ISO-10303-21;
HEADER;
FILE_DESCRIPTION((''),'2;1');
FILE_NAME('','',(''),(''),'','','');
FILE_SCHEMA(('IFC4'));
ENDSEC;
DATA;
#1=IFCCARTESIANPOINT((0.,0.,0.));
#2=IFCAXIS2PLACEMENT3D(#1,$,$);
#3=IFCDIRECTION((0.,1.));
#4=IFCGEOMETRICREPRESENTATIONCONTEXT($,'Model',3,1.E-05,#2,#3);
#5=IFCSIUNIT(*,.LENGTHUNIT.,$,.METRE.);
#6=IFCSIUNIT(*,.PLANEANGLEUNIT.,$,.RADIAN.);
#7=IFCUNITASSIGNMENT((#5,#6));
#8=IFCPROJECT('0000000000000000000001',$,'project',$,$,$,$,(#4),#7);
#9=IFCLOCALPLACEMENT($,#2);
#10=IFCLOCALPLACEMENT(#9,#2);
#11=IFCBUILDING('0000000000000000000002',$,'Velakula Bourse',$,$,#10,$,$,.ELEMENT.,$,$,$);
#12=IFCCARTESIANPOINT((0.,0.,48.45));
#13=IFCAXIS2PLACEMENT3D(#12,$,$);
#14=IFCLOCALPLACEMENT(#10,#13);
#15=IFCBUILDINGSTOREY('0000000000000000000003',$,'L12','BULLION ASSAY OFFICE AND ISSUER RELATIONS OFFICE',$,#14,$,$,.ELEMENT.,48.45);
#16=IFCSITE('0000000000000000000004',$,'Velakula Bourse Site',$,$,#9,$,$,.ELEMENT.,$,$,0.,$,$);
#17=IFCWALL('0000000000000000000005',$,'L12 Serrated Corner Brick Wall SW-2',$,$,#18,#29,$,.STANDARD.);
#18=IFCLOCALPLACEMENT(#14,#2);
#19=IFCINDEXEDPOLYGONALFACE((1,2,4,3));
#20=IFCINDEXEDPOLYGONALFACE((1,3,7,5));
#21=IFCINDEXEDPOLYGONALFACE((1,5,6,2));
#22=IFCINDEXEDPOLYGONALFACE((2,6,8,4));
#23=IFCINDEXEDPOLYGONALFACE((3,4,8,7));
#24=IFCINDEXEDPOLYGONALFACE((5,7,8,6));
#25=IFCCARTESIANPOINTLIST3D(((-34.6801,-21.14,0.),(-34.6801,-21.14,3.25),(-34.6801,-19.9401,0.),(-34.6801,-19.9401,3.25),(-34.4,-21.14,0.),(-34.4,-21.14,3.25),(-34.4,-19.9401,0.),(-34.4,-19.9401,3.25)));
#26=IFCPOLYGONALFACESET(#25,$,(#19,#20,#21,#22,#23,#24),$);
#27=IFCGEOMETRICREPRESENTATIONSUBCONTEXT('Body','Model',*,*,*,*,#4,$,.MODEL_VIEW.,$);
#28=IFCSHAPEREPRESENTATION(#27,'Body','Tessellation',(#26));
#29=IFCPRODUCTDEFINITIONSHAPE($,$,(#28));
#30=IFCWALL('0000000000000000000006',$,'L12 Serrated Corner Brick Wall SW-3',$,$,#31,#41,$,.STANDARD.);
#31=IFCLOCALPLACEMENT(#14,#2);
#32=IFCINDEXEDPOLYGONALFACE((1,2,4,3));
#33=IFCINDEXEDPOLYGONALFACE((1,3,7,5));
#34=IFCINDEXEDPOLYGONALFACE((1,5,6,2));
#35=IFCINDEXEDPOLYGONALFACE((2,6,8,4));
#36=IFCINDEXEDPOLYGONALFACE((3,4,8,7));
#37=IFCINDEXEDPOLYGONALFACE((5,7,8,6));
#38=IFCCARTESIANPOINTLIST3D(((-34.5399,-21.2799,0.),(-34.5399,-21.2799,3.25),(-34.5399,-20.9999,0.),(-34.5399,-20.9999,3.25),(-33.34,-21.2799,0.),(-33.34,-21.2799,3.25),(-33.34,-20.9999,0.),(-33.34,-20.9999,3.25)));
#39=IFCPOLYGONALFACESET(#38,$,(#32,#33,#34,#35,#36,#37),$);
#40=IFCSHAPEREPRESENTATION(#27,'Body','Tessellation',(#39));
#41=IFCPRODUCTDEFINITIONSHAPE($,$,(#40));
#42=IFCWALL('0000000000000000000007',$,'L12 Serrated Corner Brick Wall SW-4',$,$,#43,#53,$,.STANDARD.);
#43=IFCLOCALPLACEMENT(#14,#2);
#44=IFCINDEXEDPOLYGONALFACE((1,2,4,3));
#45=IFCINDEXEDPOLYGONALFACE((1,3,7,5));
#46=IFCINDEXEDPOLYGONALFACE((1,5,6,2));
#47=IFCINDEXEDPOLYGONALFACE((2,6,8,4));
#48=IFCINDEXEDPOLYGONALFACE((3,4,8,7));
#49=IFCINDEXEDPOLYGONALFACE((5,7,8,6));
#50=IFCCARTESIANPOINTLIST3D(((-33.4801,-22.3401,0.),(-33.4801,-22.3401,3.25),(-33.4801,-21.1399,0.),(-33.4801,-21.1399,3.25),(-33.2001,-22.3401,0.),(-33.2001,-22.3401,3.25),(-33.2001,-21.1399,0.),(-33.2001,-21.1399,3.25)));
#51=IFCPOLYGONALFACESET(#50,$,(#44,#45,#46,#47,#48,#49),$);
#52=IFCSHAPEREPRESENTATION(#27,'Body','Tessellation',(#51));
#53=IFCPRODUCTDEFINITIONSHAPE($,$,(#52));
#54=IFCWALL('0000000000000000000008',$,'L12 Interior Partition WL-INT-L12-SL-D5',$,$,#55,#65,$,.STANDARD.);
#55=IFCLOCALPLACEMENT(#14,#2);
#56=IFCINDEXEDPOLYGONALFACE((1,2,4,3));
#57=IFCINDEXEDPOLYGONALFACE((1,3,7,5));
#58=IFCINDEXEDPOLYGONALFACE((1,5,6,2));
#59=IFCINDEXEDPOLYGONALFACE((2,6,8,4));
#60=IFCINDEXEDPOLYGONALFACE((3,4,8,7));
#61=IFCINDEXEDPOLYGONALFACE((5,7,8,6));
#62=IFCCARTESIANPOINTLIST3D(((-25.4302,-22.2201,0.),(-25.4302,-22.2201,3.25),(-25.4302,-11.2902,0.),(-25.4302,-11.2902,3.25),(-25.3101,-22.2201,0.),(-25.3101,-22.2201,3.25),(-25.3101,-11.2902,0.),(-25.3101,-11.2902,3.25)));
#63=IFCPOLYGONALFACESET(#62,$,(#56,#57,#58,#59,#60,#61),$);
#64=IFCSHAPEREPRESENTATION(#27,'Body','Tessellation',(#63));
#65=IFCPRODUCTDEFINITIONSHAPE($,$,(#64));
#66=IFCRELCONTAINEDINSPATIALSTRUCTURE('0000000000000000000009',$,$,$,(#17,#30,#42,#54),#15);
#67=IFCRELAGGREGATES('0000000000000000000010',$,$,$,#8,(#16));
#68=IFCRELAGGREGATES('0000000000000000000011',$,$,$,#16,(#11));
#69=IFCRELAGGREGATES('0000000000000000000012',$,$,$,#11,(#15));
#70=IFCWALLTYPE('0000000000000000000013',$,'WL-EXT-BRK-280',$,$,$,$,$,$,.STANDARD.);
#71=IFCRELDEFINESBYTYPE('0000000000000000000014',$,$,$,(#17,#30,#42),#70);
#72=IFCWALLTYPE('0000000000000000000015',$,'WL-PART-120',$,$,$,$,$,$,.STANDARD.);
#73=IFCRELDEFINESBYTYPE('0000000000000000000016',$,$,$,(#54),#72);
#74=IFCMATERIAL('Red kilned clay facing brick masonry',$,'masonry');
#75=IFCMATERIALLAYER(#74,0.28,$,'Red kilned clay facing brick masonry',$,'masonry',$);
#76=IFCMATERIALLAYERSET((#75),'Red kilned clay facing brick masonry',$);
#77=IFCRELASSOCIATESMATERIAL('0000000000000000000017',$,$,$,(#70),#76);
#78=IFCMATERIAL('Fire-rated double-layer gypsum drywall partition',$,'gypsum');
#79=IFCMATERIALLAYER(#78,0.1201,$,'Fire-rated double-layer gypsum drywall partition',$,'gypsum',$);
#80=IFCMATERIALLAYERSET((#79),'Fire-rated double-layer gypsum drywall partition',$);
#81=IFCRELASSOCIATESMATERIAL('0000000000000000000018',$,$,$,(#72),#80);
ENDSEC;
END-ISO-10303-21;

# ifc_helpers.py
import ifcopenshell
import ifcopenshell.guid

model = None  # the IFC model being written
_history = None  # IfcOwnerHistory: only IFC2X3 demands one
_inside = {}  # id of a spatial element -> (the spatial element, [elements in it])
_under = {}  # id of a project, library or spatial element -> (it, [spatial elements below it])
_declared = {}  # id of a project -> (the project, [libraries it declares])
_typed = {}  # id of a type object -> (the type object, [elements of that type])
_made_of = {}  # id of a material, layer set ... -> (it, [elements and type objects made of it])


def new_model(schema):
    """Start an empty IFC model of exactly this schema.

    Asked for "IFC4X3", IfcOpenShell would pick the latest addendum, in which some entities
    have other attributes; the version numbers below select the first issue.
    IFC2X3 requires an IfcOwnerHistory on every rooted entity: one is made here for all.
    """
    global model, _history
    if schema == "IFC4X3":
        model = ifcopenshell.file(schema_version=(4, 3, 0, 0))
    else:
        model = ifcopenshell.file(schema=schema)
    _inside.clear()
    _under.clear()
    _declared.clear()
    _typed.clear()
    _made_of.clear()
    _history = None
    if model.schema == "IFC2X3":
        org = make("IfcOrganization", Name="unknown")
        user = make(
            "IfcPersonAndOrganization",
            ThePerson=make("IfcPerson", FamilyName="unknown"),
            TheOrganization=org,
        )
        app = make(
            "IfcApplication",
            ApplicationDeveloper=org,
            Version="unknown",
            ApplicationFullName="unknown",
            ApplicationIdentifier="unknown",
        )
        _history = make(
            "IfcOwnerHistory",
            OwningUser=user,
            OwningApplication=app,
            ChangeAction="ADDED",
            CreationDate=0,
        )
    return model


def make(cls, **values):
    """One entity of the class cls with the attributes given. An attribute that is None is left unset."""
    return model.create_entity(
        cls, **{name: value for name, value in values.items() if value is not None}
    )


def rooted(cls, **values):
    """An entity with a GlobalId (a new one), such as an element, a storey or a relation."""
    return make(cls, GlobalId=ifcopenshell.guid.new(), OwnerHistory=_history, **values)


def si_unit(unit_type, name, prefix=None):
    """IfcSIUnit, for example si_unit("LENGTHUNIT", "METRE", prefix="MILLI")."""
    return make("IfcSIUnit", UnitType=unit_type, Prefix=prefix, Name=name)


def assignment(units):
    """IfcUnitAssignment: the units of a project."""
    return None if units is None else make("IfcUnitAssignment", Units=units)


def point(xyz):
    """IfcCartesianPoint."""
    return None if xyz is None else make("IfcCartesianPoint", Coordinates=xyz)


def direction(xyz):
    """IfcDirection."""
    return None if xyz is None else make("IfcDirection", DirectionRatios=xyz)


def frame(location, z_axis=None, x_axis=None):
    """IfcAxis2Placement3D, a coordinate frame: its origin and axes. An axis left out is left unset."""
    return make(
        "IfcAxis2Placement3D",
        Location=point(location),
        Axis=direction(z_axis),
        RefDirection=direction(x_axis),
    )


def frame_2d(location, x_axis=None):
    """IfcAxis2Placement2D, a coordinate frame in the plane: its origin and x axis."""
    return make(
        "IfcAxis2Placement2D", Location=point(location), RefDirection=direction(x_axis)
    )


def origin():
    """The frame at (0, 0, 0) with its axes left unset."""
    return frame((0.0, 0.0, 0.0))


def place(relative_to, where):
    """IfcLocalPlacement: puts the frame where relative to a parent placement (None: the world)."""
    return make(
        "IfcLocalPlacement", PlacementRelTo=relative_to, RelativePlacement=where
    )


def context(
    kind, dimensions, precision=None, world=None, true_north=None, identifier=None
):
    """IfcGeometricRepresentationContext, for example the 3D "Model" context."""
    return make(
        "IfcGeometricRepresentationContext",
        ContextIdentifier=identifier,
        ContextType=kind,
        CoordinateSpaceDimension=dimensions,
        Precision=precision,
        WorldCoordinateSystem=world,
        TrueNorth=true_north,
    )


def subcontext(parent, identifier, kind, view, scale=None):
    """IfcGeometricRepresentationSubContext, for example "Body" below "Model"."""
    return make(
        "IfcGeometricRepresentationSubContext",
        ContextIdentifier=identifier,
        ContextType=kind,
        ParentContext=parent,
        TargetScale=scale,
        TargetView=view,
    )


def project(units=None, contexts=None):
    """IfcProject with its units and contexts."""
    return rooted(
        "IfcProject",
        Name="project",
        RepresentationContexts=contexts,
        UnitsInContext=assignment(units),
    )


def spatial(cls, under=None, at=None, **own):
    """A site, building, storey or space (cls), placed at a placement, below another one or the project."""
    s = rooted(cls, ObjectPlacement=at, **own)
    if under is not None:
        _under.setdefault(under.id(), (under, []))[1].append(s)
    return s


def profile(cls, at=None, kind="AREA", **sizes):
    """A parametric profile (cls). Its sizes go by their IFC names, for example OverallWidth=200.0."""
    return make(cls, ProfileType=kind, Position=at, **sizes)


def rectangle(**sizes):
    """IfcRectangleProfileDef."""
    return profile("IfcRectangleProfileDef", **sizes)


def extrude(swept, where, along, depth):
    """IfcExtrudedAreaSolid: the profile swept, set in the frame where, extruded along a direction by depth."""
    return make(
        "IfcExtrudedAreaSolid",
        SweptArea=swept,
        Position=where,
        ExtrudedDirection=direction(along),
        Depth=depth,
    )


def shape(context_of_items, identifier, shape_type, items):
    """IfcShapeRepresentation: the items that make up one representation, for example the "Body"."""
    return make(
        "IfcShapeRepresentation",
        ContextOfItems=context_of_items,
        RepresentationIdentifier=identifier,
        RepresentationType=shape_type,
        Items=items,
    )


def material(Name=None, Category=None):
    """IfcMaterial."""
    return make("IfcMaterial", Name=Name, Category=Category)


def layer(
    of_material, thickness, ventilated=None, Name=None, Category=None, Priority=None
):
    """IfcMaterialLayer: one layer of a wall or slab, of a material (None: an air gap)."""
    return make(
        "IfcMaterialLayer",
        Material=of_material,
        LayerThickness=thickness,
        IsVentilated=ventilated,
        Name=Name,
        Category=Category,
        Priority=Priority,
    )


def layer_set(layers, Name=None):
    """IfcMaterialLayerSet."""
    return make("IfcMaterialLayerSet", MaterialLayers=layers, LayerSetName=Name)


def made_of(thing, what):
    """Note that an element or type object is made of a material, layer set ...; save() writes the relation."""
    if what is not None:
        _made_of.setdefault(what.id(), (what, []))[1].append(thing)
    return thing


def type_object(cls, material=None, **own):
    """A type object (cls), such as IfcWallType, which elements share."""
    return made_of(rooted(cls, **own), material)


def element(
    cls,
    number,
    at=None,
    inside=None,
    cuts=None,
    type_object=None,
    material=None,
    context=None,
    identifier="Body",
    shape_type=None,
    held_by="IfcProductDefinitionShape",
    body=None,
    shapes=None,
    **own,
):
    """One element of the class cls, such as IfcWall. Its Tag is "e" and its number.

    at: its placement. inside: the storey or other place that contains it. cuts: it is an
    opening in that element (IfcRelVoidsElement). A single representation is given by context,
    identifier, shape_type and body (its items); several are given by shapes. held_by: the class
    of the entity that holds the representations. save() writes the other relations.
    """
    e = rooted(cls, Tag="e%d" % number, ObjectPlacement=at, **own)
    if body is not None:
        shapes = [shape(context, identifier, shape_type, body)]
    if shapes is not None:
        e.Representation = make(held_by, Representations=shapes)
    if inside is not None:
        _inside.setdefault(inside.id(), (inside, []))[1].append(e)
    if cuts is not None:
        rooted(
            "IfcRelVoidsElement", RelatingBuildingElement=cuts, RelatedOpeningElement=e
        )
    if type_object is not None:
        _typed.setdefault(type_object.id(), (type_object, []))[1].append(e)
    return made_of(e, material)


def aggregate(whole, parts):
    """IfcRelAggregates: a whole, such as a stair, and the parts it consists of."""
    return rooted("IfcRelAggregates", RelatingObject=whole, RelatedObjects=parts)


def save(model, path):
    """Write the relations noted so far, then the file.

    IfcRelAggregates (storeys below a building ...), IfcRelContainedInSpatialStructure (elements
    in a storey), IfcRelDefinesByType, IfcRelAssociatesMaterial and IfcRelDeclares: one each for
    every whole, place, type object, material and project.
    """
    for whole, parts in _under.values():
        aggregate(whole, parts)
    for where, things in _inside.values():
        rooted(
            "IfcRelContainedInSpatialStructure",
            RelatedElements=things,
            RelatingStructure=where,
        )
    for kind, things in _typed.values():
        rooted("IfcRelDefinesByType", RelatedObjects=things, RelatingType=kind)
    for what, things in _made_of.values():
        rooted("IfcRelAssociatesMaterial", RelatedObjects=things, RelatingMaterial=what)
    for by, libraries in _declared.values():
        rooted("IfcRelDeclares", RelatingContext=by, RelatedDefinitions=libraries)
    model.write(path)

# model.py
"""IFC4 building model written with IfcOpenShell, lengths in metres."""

from ifc_helpers import new_model, si_unit, direction, frame, frame_2d, origin, place, context, subcontext, project, spatial, rectangle, extrude, material, layer, layer_set, type_object, element, save


model = new_model("IFC4")

# Units and contexts
model_context = context("Model", 3, precision=1e-05, world=origin(), true_north=direction((0.0, 1.0)))
body_context = subcontext(model_context, "Body", "Model", "MODEL_VIEW")
ifc_project = project(units=[si_unit("LENGTHUNIT", "METRE"), si_unit("PLANEANGLEUNIT", "RADIAN")], contexts=[model_context])

# Site, building, storey
site_placement = place(None, origin())
site = spatial("IfcSite", under=ifc_project, at=site_placement, Name="Velakula Bourse Site", CompositionType="ELEMENT", RefElevation=0.0)
building_placement = place(site_placement, origin())
building = spatial("IfcBuilding", under=site, at=building_placement, Name="Velakula Bourse", CompositionType="ELEMENT")
storey_placement = place(building_placement, frame((0.0, 0.0, 48.45)))
storey = spatial("IfcBuildingStorey", under=building, at=storey_placement, Name="L12", Description="BULLION ASSAY OFFICE AND ISSUER RELATIONS OFFICE", CompositionType="ELEMENT", Elevation=48.45)

# Shared definitions
ifc_material_1 = material(Name="Red kilned clay facing brick masonry", Category="masonry")
ifc_layer_1 = layer(ifc_material_1, 0.28, Name="Red kilned clay facing brick masonry", Category="masonry")
ifc_layer_set_1 = layer_set([ifc_layer_1], Name="Red kilned clay facing brick masonry")
wall_type_1 = type_object("IfcWallType", Name="WL-EXT-BRK-280", PredefinedType="STANDARD", material=ifc_layer_set_1)

# Walls
for number, where, z_axis, x_axis, name in (
    (1, (-34.54, -19.9399, 0.0), (0.0, 0.0, 1.0), (0.0, -1.0, 0.0), "L12 Serrated Corner Brick Wall SW-2"),
    (2, (-34.54, -21.1399, 0.0), (0.0, 0.0, 1.0), (1.0, 0.0, 0.0), "L12 Serrated Corner Brick Wall SW-3"),
):
    element("IfcWall", number, at=place(storey_placement, frame(where, z_axis=z_axis, x_axis=x_axis)), inside=storey, type_object=wall_type_1, Name=name, PredefinedType="STANDARD", context=body_context, shape_type="SweptSolid", body=[
        extrude(rectangle(XDim=1.2, YDim=0.28, at=frame_2d((0.6001, 0.0))), origin(), (0.0, 0.0, 1.0), 3.25),
    ])
wall_1_placement = place(storey_placement, frame((-33.3401, -21.1399, 0.0), z_axis=(0.0, 0.0, 1.0), x_axis=(0.0, -1.0, 0.0)))
element("IfcWall", 3, at=wall_1_placement, inside=storey, type_object=wall_type_1, Name="L12 Serrated Corner Brick Wall SW-4", PredefinedType="STANDARD", context=body_context, shape_type="SweptSolid", body=[
    extrude(rectangle(XDim=1.2002, YDim=0.28, at=frame_2d((0.6001, 0.0))), origin(), (0.0, 0.0, 1.0), 3.25),
])
ifc_material_2 = material(Name="Fire-rated double-layer gypsum drywall partition", Category="gypsum")
ifc_layer_2 = layer(ifc_material_2, 0.1201, Name="Fire-rated double-layer gypsum drywall partition", Category="gypsum")
ifc_layer_set_2 = layer_set([ifc_layer_2], Name="Fire-rated double-layer gypsum drywall partition")
wall_type_2 = type_object("IfcWallType", Name="WL-PART-120", PredefinedType="STANDARD", material=ifc_layer_set_2)
wall_2_placement = place(storey_placement, frame((-25.3701, -22.22, 0.0), z_axis=(0.0, 0.0, 1.0), x_axis=(0.0, 1.0, 0.0)))
element("IfcWall", 4, at=wall_2_placement, inside=storey, type_object=wall_type_2, Name="L12 Interior Partition WL-INT-L12-SL-D5", PredefinedType="STANDARD", context=body_context, shape_type="SweptSolid", body=[
    extrude(rectangle(XDim=10.9299, YDim=0.1201, at=frame_2d((5.4648, 0.0))), origin(), (0.0, 0.0, 1.0), 3.25),
])

save(model, "model.ifc")
